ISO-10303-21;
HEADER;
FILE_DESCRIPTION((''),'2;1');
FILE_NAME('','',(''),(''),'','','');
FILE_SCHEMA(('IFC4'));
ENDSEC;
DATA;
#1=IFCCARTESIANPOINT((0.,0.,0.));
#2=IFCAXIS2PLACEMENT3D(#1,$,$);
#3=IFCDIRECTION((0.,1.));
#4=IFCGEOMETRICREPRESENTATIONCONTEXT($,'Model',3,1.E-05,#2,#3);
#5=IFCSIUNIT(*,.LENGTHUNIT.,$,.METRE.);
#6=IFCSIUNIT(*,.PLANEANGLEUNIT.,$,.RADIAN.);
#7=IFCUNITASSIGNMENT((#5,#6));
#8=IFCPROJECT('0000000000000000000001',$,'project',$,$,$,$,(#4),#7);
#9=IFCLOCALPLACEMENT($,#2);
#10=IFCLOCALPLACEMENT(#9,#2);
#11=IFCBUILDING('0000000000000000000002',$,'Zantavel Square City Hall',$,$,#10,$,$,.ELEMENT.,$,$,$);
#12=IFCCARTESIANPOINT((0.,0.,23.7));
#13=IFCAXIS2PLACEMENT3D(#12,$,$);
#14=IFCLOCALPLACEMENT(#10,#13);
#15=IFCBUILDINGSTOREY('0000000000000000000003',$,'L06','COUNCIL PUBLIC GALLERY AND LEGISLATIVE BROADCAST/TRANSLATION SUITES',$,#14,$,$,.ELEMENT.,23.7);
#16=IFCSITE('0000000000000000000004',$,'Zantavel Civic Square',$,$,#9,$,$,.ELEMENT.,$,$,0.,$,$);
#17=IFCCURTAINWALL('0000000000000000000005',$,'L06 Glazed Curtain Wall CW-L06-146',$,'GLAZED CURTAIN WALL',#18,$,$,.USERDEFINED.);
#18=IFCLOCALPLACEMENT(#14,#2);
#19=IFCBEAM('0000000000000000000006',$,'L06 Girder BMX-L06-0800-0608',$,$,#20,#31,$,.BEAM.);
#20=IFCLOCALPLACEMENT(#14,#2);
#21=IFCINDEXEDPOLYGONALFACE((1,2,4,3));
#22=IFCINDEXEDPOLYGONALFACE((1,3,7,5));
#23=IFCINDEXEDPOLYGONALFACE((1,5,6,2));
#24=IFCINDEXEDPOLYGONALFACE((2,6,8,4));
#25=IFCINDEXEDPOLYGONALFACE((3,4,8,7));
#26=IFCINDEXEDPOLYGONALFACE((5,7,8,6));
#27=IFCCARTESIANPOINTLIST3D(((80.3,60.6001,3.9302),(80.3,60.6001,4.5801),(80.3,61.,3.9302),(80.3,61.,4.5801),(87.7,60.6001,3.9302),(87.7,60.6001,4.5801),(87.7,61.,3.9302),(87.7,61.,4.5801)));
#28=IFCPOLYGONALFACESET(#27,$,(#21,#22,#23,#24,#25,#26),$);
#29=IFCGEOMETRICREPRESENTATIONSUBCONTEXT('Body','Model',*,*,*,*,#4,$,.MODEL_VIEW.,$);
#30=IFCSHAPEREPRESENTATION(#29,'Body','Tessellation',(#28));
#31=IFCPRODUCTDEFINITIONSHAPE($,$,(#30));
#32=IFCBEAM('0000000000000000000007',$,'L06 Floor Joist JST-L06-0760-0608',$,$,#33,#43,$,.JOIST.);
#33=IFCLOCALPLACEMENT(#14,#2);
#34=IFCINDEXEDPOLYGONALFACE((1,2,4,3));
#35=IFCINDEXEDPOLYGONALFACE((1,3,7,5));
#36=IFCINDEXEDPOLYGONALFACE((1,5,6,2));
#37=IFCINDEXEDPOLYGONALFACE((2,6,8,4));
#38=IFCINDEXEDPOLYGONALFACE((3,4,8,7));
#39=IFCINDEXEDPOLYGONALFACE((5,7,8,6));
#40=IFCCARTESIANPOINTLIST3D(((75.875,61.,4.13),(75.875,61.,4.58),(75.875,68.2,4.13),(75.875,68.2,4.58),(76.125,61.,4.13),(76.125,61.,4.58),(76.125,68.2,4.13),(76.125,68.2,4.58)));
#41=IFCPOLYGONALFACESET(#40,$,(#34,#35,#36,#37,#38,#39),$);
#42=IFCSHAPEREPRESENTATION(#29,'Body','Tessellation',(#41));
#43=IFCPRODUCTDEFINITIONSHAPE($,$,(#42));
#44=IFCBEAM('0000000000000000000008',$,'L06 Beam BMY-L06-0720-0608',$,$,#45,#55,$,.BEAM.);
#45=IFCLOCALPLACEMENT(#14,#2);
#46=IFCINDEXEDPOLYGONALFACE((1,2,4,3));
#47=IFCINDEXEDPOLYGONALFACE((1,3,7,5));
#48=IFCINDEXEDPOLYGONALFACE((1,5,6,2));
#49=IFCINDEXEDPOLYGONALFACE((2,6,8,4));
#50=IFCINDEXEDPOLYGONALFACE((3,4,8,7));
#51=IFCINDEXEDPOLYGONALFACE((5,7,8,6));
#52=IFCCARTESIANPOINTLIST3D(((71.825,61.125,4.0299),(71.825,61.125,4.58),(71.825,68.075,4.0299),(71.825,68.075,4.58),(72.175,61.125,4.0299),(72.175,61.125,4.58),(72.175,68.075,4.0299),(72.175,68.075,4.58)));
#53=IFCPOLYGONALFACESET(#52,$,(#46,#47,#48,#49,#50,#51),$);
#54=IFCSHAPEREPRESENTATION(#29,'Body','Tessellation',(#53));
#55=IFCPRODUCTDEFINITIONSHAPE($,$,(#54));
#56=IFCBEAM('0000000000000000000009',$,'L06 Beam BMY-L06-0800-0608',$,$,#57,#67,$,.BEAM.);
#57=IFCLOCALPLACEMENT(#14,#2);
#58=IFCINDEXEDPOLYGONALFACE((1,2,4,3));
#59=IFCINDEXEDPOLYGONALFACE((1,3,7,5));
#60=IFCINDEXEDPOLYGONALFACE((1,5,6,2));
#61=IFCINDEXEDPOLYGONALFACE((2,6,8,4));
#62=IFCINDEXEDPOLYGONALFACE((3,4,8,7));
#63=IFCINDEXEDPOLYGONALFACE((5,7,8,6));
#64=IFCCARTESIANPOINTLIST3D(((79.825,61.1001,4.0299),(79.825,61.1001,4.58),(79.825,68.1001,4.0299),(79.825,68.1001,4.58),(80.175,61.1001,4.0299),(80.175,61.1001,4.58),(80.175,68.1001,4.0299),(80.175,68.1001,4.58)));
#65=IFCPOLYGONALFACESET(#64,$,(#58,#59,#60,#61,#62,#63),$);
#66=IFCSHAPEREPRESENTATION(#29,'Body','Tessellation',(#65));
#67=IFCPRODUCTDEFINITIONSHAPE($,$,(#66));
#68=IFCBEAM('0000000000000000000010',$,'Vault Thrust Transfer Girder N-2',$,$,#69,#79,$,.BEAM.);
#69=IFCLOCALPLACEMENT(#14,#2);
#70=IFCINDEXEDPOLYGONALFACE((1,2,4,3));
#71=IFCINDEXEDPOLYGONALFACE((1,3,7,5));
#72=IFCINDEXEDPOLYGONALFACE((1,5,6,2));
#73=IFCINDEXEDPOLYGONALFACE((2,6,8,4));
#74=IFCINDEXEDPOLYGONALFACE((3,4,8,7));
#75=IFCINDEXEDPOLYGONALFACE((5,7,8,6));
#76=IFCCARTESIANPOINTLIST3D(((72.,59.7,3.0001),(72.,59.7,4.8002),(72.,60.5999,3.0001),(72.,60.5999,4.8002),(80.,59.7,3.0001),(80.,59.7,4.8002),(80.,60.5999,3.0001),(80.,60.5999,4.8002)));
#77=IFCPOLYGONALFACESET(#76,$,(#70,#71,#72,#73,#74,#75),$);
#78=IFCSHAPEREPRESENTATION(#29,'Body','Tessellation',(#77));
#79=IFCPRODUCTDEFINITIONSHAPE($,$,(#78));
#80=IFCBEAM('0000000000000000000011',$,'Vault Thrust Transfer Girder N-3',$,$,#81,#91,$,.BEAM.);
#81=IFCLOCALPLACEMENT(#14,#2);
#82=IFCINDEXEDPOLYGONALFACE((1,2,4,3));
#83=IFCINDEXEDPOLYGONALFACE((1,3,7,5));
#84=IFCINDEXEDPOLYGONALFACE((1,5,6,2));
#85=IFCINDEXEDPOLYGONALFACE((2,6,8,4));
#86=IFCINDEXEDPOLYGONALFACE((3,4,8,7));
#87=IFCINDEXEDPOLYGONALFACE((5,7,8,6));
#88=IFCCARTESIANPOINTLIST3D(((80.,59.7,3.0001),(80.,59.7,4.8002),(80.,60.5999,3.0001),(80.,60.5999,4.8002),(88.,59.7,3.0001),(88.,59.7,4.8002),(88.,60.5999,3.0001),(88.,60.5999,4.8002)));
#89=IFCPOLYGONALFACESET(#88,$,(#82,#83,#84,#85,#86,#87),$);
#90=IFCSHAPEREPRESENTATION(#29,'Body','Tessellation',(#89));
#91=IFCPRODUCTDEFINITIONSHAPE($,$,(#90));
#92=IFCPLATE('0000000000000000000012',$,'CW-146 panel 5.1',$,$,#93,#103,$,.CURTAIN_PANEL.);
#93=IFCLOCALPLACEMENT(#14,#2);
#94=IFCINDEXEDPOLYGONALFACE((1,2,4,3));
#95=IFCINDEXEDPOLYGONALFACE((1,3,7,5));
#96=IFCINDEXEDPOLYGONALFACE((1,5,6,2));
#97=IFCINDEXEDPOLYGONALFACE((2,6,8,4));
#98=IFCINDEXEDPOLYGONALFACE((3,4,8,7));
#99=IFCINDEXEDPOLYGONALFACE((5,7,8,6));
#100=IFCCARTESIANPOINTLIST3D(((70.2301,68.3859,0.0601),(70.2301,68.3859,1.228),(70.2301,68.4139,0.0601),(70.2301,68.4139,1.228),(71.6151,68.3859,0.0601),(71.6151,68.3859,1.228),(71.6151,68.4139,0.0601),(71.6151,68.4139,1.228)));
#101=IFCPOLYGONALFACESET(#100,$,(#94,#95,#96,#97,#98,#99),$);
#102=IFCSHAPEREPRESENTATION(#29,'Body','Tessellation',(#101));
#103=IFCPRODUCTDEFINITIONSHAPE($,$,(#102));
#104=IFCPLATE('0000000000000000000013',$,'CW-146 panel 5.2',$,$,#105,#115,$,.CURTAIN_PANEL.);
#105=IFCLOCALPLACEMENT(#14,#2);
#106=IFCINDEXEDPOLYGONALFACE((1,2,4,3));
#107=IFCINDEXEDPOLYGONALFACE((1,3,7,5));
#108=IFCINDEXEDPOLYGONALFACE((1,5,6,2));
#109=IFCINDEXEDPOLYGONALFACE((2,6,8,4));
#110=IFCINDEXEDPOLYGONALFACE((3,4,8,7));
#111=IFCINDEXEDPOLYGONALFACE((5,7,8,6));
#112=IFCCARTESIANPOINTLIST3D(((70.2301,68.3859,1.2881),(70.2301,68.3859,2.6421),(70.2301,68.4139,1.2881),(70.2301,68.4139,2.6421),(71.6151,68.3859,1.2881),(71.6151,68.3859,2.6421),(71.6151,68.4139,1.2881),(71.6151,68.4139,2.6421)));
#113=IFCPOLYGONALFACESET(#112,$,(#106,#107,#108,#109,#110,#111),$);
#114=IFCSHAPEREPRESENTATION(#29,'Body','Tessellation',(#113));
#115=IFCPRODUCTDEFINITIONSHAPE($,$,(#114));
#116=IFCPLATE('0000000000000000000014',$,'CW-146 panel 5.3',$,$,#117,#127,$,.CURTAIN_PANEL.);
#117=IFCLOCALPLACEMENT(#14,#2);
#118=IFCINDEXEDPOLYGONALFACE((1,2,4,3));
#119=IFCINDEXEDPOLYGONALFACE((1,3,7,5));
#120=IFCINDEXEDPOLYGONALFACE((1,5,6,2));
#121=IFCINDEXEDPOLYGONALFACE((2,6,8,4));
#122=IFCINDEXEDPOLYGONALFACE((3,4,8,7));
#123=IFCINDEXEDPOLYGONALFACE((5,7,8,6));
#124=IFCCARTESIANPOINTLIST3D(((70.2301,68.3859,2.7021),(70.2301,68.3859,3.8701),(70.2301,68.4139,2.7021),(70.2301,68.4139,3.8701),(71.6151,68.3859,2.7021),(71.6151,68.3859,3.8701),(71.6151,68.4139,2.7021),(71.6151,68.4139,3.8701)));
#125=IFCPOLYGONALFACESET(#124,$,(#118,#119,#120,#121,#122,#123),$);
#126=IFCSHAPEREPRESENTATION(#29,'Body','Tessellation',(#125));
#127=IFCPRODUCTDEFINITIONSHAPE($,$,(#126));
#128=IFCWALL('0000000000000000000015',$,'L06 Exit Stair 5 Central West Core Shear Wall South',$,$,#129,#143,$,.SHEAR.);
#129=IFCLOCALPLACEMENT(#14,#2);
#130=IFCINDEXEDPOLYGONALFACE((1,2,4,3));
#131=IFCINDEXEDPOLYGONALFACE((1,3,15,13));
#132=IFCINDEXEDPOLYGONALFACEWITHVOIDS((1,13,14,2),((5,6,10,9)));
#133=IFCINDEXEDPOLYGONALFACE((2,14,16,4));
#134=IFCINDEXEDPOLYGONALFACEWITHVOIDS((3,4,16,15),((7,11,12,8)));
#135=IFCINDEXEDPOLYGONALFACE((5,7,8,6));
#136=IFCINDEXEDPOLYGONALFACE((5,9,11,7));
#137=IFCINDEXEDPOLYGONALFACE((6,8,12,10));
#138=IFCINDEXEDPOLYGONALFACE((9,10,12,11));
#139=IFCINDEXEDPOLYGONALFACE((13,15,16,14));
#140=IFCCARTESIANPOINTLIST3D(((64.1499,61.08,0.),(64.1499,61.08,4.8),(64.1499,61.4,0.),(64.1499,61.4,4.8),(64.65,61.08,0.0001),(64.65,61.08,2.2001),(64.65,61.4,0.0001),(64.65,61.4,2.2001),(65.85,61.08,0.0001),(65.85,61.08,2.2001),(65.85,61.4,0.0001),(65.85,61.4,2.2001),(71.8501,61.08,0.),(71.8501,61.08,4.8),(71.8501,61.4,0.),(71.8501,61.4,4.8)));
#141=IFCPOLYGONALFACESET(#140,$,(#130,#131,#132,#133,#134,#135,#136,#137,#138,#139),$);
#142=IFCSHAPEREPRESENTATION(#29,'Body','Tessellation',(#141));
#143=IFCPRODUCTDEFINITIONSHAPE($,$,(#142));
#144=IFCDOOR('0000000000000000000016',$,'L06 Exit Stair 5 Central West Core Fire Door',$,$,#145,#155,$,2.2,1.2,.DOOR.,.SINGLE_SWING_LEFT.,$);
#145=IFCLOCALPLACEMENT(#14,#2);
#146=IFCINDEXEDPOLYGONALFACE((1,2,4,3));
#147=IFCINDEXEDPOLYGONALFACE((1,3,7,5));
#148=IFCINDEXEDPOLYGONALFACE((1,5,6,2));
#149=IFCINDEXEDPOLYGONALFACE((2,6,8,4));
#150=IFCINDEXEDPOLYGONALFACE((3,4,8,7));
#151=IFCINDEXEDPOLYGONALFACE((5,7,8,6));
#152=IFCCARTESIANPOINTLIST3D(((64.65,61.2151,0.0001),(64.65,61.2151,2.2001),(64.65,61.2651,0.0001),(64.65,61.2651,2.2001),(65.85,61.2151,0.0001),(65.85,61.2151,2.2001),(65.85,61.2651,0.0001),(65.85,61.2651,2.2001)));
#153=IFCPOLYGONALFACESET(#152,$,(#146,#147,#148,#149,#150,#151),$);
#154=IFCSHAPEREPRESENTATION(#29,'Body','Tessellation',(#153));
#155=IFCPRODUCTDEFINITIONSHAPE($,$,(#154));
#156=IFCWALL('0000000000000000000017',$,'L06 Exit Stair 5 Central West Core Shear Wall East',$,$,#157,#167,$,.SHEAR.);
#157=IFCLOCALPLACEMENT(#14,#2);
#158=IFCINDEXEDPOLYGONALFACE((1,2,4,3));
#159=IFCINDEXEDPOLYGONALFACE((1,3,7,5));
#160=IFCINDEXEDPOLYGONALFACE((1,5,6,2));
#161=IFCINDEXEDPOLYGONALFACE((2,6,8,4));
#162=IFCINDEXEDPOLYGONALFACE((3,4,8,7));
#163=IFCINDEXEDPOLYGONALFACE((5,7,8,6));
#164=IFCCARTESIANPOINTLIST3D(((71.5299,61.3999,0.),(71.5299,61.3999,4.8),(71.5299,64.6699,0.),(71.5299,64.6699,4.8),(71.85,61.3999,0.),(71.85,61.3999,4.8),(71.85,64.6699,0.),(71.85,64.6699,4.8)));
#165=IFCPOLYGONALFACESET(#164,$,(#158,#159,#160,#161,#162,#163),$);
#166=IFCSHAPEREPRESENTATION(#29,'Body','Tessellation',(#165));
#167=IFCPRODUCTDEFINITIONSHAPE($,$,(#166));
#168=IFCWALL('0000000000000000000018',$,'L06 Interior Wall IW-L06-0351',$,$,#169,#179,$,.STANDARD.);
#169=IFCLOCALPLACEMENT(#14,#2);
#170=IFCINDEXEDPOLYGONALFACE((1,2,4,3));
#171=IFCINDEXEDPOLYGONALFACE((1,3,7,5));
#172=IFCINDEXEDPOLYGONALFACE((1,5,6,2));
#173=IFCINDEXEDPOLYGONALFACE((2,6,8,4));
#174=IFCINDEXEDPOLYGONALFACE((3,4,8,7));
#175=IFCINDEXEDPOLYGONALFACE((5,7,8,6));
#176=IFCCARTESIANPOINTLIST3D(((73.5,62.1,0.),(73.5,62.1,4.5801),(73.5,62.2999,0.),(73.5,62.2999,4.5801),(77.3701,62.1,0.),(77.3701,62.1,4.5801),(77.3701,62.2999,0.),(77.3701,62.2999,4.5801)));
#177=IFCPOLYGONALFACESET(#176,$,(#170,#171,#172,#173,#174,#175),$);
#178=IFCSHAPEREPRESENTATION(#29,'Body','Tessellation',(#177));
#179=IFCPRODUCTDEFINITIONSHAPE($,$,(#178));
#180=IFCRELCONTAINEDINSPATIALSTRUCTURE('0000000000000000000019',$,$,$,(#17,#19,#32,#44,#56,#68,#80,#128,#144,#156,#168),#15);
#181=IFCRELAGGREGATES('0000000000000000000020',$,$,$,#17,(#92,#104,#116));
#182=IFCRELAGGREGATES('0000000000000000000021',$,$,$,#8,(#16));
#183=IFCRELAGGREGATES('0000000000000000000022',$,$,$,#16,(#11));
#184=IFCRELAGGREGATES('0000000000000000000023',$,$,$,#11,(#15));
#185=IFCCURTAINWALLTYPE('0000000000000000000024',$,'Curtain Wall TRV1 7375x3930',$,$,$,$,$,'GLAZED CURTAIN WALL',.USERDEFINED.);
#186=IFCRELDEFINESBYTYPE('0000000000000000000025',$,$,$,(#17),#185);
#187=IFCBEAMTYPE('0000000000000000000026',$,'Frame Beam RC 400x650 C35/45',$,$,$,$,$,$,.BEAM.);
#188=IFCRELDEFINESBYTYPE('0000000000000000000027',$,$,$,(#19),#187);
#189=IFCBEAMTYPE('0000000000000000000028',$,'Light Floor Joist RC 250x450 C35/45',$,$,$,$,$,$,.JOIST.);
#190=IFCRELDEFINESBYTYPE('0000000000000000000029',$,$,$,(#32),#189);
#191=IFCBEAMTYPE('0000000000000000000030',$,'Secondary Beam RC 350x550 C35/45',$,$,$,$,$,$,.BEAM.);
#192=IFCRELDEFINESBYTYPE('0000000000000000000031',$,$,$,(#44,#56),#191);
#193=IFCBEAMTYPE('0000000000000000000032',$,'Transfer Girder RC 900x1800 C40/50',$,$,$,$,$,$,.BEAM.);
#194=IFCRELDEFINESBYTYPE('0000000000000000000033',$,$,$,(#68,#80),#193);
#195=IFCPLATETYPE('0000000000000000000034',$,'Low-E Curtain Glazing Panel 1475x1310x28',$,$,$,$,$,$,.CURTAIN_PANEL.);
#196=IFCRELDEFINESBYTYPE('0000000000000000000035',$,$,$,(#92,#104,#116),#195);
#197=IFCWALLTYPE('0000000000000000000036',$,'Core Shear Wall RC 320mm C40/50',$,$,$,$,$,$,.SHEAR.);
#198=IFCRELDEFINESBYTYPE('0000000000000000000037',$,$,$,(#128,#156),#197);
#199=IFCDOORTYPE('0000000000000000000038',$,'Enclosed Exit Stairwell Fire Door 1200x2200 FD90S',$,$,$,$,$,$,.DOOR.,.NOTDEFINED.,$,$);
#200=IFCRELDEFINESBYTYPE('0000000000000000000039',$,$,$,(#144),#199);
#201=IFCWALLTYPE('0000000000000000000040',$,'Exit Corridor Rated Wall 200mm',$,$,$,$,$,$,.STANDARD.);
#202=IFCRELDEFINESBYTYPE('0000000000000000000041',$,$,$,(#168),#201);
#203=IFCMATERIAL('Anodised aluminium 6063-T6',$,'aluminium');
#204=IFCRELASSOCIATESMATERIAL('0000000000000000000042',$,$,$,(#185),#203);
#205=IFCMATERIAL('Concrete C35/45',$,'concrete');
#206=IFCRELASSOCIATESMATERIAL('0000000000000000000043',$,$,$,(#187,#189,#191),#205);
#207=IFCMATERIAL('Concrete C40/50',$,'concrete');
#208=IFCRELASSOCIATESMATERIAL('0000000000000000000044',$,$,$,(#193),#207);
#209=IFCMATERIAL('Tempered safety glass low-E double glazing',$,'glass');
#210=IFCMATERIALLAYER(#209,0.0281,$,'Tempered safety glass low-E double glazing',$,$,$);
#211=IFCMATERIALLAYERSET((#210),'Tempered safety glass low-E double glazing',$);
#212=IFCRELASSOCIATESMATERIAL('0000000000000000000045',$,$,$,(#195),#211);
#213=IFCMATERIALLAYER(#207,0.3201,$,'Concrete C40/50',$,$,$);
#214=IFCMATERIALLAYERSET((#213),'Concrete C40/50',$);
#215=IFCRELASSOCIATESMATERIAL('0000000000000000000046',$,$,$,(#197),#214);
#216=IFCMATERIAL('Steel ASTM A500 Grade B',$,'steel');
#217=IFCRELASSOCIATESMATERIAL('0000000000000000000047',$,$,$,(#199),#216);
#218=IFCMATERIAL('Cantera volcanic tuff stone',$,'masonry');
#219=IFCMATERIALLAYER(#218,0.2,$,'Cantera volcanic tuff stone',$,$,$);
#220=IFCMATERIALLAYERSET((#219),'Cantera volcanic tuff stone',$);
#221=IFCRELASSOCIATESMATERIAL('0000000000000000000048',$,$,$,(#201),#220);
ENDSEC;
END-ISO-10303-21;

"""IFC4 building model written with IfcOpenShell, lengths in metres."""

from ifc_helpers import new_model, si_unit, direction, frame, frame_2d, origin, origin_2d, place, context, subcontext, project, spatial, rectangle, extrude, material, layer, layer_set, material_profile, profile_set, type_object, element, fill, aggregate, save


model = new_model("IFC4")

# Units and contexts
model_context = context("Model", 3, precision=1e-05, world=origin(), true_north=direction((0.0, 1.0)))
body_context = subcontext(model_context, "Body", "Model", "MODEL_VIEW")
ifc_project = project(units=[si_unit("LENGTHUNIT", "METRE"), si_unit("PLANEANGLEUNIT", "RADIAN")], contexts=[model_context])

# Site, building, storey
site_placement = place(None, origin())
site = spatial("IfcSite", under=ifc_project, at=site_placement, Name="Zantavel Civic Square", CompositionType="ELEMENT", RefElevation=0.0)
building_placement = place(site_placement, origin())
building = spatial("IfcBuilding", under=site, at=building_placement, Name="Zantavel Square City Hall", CompositionType="ELEMENT")
storey_placement = place(building_placement, frame((0.0, 0.0, 23.7)))
storey = spatial("IfcBuildingStorey", under=building, at=storey_placement, Name="L06", Description="COUNCIL PUBLIC GALLERY AND LEGISLATIVE BROADCAST/TRANSLATION SUITES", CompositionType="ELEMENT", Elevation=23.7)

# Shared definitions
ifc_material_1 = material(Name="Concrete C40/50", Category="concrete")

# Curtain wall
ifc_material_2 = material(Name="Anodised aluminium 6063-T6", Category="aluminium")
curtain_wall_type = type_object("IfcCurtainWallType", Name="Curtain Wall TRV1 7375x3930", ElementType="GLAZED CURTAIN WALL", PredefinedType="USERDEFINED", material=ifc_material_2)
curtain_wall_placement = place(storey_placement, origin())
curtain_wall = element("IfcCurtainWall", 1, at=curtain_wall_placement, inside=storey, type_object=curtain_wall_type, Name="L06 Glazed Curtain Wall CW-L06-146", ObjectType="GLAZED CURTAIN WALL", PredefinedType="USERDEFINED")

# Beams
ifc_material_3 = material(Name="Concrete C35/45", Category="concrete")
ifc_material_profile_1 = material_profile(ifc_material_3, rectangle(XDim=0.3999, YDim=0.6499, at=origin_2d()), Name="RC 400x650")
ifc_profile_set_1 = profile_set([ifc_material_profile_1], Name="Concrete C35/45")
beam_type_1 = type_object("IfcBeamType", Name="Frame Beam RC 400x650 C35/45", PredefinedType="BEAM", material=ifc_profile_set_1)
beam_1_placement = place(storey_placement, frame((80.3, 60.8, 4.2551), z_axis=(1.0, 0.0, 0.0), x_axis=(0.0, 1.0, 0.0)))
element("IfcBeam", 2, at=beam_1_placement, inside=storey, type_object=beam_type_1, Name="L06 Girder BMX-L06-0800-0608", PredefinedType="BEAM", context=body_context, shape_type="SweptSolid", body=[
    extrude(rectangle(XDim=0.3999, YDim=0.6499, at=origin_2d()), origin(), (0.0, 0.0, 1.0), 7.3999),
])
ifc_material_profile_2 = material_profile(ifc_material_3, rectangle(XDim=0.25, YDim=0.45, at=origin_2d()), Name="RC 250x450")
ifc_profile_set_2 = profile_set([ifc_material_profile_2], Name="Concrete C35/45")
beam_type_2 = type_object("IfcBeamType", Name="Light Floor Joist RC 250x450 C35/45", PredefinedType="JOIST", material=ifc_profile_set_2)
beam_2_placement = place(storey_placement, frame((76.0, 61.0, 4.355), z_axis=(0.0, 1.0, 0.0), x_axis=(-1.0, 0.0, 0.0)))
element("IfcBeam", 3, at=beam_2_placement, inside=storey, type_object=beam_type_2, Name="L06 Floor Joist JST-L06-0760-0608", PredefinedType="JOIST", context=body_context, shape_type="SweptSolid", body=[
    extrude(rectangle(XDim=0.25, YDim=0.45, at=origin_2d()), origin(), (0.0, 0.0, 1.0), 7.2),
])
ifc_material_profile_3 = material_profile(ifc_material_3, rectangle(XDim=0.3501, YDim=0.55, at=origin_2d()), Name="RC 350x550")
ifc_profile_set_3 = profile_set([ifc_material_profile_3], Name="Concrete C35/45")
beam_type_3 = type_object("IfcBeamType", Name="Secondary Beam RC 350x550 C35/45", PredefinedType="BEAM", material=ifc_profile_set_3)
beam_3_placement = place(storey_placement, frame((72.0, 61.125, 4.3049), z_axis=(0.0, 1.0, 0.0), x_axis=(-1.0, 0.0, 0.0)))
element("IfcBeam", 4, at=beam_3_placement, inside=storey, type_object=beam_type_3, Name="L06 Beam BMY-L06-0720-0608", PredefinedType="BEAM", context=body_context, shape_type="SweptSolid", body=[
    extrude(rectangle(XDim=0.3501, YDim=0.55, at=origin_2d()), origin(), (0.0, 0.0, 1.0), 6.95),
])
beam_4_placement = place(storey_placement, frame((80.0, 61.1001, 4.3049), z_axis=(0.0, 1.0, 0.0), x_axis=(-1.0, 0.0, 0.0)))
element("IfcBeam", 5, at=beam_4_placement, inside=storey, type_object=beam_type_3, Name="L06 Beam BMY-L06-0800-0608", PredefinedType="BEAM", context=body_context, shape_type="SweptSolid", body=[
    extrude(rectangle(XDim=0.3501, YDim=0.55, at=origin_2d()), origin(), (0.0, 0.0, 1.0), 7.0),
])
ifc_material_profile_4 = material_profile(ifc_material_1, rectangle(XDim=0.8999, YDim=1.8, at=origin_2d()), Name="RC 900x1800")
ifc_profile_set_4 = profile_set([ifc_material_profile_4], Name="Concrete C40/50")
beam_type_4 = type_object("IfcBeamType", Name="Transfer Girder RC 900x1800 C40/50", PredefinedType="BEAM", material=ifc_profile_set_4)
for number, where, z_axis, x_axis, name in (
    (6, (72.0, 60.1499, 3.9001), (1.0, 0.0, 0.0), (0.0, 1.0, 0.0), "Vault Thrust Transfer Girder N-2"),
    (7, (80.0, 60.1499, 3.9001), (1.0, 0.0, 0.0), (0.0, 1.0, 0.0), "Vault Thrust Transfer Girder N-3"),
):
    element("IfcBeam", number, at=place(storey_placement, frame(where, z_axis=z_axis, x_axis=x_axis)), inside=storey, type_object=beam_type_4, Name=name, PredefinedType="BEAM", context=body_context, shape_type="SweptSolid", body=[
        extrude(rectangle(XDim=0.8999, YDim=1.8, at=origin_2d()), origin(), (0.0, 0.0, 1.0), 8.0),
    ])

# Plates
ifc_material_4 = material(Name="Tempered safety glass low-E double glazing", Category="glass")
ifc_layer_1 = layer(ifc_material_4, 0.0281, Name="Tempered safety glass low-E double glazing")
ifc_layer_set_1 = layer_set([ifc_layer_1], Name="Tempered safety glass low-E double glazing")
plate_type = type_object("IfcPlateType", Name="Low-E Curtain Glazing Panel 1475x1310x28", PredefinedType="CURTAIN_PANEL", material=ifc_layer_set_1)
plate_1_placement = place(storey_placement, frame((70.9226, 68.3999, 0.0601), z_axis=(0.0, 0.0, 1.0), x_axis=(1.0, 0.0, 0.0)))
plate_1 = element("IfcPlate", 8, at=plate_1_placement, type_object=plate_type, Name="CW-146 panel 5.1", PredefinedType="CURTAIN_PANEL", context=body_context, shape_type="SweptSolid", body=[
    extrude(rectangle(XDim=1.385, YDim=0.0281, at=origin_2d()), origin(), (0.0, 0.0, 1.0), 1.168),
])
plate_2_placement = place(storey_placement, frame((70.9226, 68.3999, 1.2881), z_axis=(0.0, 0.0, 1.0), x_axis=(1.0, 0.0, 0.0)))
plate_2 = element("IfcPlate", 9, at=plate_2_placement, type_object=plate_type, Name="CW-146 panel 5.2", PredefinedType="CURTAIN_PANEL", context=body_context, shape_type="SweptSolid", body=[
    extrude(rectangle(XDim=1.385, YDim=0.0281, at=origin_2d()), origin(), (0.0, 0.0, 1.0), 1.354),
])
plate_3_placement = place(storey_placement, frame((70.9226, 68.3999, 2.7021), z_axis=(0.0, 0.0, 1.0), x_axis=(1.0, 0.0, 0.0)))
plate_3 = element("IfcPlate", 10, at=plate_3_placement, type_object=plate_type, Name="CW-146 panel 5.3", PredefinedType="CURTAIN_PANEL", context=body_context, shape_type="SweptSolid", body=[
    extrude(rectangle(XDim=1.385, YDim=0.0281, at=origin_2d()), origin(), (0.0, 0.0, 1.0), 1.168),
])
aggregate(curtain_wall, [plate_1, plate_2, plate_3])

# Wall, opening, door
ifc_layer_2 = layer(ifc_material_1, 0.3201, Name="Concrete C40/50")
ifc_layer_set_2 = layer_set([ifc_layer_2], Name="Concrete C40/50")
wall_type_1 = type_object("IfcWallType", Name="Core Shear Wall RC 320mm C40/50", PredefinedType="SHEAR", material=ifc_layer_set_2)
wall_1_placement = place(storey_placement, frame((71.8501, 61.24, 0.0), z_axis=(0.0, 0.0, 1.0), x_axis=(-1.0, 0.0, 0.0)))
wall_1 = element("IfcWall", 11, at=wall_1_placement, inside=storey, type_object=wall_type_1, Name="L06 Exit Stair 5 Central West Core Shear Wall South", PredefinedType="SHEAR", context=body_context, shape_type="SweptSolid", body=[
    extrude(rectangle(XDim=7.7002, YDim=0.3201, at=frame_2d((3.8501, 0.0))), origin(), (0.0, 0.0, 1.0), 4.8),
])
opening_1_placement = place(wall_1_placement, frame((6.0, 0.0, 0.0)))
opening_1 = element("IfcOpeningElement", 12, at=opening_1_placement, cuts=wall_1, PredefinedType="OPENING", context=body_context, shape_type="SweptSolid", body=[
    extrude(rectangle(XDim=1.2, YDim=2.2, at=frame_2d((0.6001, 1.1001))), frame((0.0, 0.1699, 0.0), z_axis=(0.0, -1.0, 0.0), x_axis=(1.0, 0.0, 0.0)), (0.0, 0.0, 1.0), 0.3401),
])
ifc_material_5 = material(Name="Steel ASTM A500 Grade B", Category="steel")
door_type_1 = type_object("IfcDoorType", Name="Enclosed Exit Stairwell Fire Door 1200x2200 FD90S", OperationType="NOTDEFINED", PredefinedType="DOOR", material=ifc_material_5)
door_1_placement = place(opening_1_placement, origin())
door_1 = element("IfcDoor", 13, at=door_1_placement, inside=storey, type_object=door_type_1, Name="L06 Exit Stair 5 Central West Core Fire Door", OperationType="SINGLE_SWING_LEFT", OverallHeight=2.2, OverallWidth=1.2, PredefinedType="DOOR", context=body_context, shape_type="SweptSolid", body=[
    extrude(rectangle(XDim=1.2, YDim=2.2, at=frame_2d((0.6001, 1.1001))), frame((0.0, 0.0249, 0.0), z_axis=(0.0, -1.0, 0.0), x_axis=(1.0, 0.0, 0.0)), (0.0, 0.0, 1.0), 0.05),
])
fill(opening_1, door_1)

# Walls
wall_2_placement = place(storey_placement, frame((71.6899, 64.6699, 0.0), z_axis=(0.0, 0.0, 1.0), x_axis=(0.0, -1.0, 0.0)))
element("IfcWall", 14, at=wall_2_placement, inside=storey, type_object=wall_type_1, Name="L06 Exit Stair 5 Central West Core Shear Wall East", PredefinedType="SHEAR", context=body_context, shape_type="SweptSolid", body=[
    extrude(rectangle(XDim=3.27, YDim=0.3201, at=frame_2d((1.635, 0.0))), origin(), (0.0, 0.0, 1.0), 4.8),
])
ifc_material_6 = material(Name="Cantera volcanic tuff stone", Category="masonry")
ifc_layer_3 = layer(ifc_material_6, 0.2, Name="Cantera volcanic tuff stone")
ifc_layer_set_3 = layer_set([ifc_layer_3], Name="Cantera volcanic tuff stone")
wall_type_2 = type_object("IfcWallType", Name="Exit Corridor Rated Wall 200mm", PredefinedType="STANDARD", material=ifc_layer_set_3)
wall_3_placement = place(storey_placement, frame((77.3701, 62.2, 0.0), z_axis=(0.0, 0.0, 1.0), x_axis=(-1.0, 0.0, 0.0)))
element("IfcWall", 15, at=wall_3_placement, inside=storey, type_object=wall_type_2, Name="L06 Interior Wall IW-L06-0351", PredefinedType="STANDARD", context=body_context, shape_type="SweptSolid", body=[
    extrude(rectangle(XDim=3.8701, YDim=0.2, at=frame_2d((1.9351, 0.0))), origin(), (0.0, 0.0, 1.0), 4.5801),
])

save(model, "model.ifc")
